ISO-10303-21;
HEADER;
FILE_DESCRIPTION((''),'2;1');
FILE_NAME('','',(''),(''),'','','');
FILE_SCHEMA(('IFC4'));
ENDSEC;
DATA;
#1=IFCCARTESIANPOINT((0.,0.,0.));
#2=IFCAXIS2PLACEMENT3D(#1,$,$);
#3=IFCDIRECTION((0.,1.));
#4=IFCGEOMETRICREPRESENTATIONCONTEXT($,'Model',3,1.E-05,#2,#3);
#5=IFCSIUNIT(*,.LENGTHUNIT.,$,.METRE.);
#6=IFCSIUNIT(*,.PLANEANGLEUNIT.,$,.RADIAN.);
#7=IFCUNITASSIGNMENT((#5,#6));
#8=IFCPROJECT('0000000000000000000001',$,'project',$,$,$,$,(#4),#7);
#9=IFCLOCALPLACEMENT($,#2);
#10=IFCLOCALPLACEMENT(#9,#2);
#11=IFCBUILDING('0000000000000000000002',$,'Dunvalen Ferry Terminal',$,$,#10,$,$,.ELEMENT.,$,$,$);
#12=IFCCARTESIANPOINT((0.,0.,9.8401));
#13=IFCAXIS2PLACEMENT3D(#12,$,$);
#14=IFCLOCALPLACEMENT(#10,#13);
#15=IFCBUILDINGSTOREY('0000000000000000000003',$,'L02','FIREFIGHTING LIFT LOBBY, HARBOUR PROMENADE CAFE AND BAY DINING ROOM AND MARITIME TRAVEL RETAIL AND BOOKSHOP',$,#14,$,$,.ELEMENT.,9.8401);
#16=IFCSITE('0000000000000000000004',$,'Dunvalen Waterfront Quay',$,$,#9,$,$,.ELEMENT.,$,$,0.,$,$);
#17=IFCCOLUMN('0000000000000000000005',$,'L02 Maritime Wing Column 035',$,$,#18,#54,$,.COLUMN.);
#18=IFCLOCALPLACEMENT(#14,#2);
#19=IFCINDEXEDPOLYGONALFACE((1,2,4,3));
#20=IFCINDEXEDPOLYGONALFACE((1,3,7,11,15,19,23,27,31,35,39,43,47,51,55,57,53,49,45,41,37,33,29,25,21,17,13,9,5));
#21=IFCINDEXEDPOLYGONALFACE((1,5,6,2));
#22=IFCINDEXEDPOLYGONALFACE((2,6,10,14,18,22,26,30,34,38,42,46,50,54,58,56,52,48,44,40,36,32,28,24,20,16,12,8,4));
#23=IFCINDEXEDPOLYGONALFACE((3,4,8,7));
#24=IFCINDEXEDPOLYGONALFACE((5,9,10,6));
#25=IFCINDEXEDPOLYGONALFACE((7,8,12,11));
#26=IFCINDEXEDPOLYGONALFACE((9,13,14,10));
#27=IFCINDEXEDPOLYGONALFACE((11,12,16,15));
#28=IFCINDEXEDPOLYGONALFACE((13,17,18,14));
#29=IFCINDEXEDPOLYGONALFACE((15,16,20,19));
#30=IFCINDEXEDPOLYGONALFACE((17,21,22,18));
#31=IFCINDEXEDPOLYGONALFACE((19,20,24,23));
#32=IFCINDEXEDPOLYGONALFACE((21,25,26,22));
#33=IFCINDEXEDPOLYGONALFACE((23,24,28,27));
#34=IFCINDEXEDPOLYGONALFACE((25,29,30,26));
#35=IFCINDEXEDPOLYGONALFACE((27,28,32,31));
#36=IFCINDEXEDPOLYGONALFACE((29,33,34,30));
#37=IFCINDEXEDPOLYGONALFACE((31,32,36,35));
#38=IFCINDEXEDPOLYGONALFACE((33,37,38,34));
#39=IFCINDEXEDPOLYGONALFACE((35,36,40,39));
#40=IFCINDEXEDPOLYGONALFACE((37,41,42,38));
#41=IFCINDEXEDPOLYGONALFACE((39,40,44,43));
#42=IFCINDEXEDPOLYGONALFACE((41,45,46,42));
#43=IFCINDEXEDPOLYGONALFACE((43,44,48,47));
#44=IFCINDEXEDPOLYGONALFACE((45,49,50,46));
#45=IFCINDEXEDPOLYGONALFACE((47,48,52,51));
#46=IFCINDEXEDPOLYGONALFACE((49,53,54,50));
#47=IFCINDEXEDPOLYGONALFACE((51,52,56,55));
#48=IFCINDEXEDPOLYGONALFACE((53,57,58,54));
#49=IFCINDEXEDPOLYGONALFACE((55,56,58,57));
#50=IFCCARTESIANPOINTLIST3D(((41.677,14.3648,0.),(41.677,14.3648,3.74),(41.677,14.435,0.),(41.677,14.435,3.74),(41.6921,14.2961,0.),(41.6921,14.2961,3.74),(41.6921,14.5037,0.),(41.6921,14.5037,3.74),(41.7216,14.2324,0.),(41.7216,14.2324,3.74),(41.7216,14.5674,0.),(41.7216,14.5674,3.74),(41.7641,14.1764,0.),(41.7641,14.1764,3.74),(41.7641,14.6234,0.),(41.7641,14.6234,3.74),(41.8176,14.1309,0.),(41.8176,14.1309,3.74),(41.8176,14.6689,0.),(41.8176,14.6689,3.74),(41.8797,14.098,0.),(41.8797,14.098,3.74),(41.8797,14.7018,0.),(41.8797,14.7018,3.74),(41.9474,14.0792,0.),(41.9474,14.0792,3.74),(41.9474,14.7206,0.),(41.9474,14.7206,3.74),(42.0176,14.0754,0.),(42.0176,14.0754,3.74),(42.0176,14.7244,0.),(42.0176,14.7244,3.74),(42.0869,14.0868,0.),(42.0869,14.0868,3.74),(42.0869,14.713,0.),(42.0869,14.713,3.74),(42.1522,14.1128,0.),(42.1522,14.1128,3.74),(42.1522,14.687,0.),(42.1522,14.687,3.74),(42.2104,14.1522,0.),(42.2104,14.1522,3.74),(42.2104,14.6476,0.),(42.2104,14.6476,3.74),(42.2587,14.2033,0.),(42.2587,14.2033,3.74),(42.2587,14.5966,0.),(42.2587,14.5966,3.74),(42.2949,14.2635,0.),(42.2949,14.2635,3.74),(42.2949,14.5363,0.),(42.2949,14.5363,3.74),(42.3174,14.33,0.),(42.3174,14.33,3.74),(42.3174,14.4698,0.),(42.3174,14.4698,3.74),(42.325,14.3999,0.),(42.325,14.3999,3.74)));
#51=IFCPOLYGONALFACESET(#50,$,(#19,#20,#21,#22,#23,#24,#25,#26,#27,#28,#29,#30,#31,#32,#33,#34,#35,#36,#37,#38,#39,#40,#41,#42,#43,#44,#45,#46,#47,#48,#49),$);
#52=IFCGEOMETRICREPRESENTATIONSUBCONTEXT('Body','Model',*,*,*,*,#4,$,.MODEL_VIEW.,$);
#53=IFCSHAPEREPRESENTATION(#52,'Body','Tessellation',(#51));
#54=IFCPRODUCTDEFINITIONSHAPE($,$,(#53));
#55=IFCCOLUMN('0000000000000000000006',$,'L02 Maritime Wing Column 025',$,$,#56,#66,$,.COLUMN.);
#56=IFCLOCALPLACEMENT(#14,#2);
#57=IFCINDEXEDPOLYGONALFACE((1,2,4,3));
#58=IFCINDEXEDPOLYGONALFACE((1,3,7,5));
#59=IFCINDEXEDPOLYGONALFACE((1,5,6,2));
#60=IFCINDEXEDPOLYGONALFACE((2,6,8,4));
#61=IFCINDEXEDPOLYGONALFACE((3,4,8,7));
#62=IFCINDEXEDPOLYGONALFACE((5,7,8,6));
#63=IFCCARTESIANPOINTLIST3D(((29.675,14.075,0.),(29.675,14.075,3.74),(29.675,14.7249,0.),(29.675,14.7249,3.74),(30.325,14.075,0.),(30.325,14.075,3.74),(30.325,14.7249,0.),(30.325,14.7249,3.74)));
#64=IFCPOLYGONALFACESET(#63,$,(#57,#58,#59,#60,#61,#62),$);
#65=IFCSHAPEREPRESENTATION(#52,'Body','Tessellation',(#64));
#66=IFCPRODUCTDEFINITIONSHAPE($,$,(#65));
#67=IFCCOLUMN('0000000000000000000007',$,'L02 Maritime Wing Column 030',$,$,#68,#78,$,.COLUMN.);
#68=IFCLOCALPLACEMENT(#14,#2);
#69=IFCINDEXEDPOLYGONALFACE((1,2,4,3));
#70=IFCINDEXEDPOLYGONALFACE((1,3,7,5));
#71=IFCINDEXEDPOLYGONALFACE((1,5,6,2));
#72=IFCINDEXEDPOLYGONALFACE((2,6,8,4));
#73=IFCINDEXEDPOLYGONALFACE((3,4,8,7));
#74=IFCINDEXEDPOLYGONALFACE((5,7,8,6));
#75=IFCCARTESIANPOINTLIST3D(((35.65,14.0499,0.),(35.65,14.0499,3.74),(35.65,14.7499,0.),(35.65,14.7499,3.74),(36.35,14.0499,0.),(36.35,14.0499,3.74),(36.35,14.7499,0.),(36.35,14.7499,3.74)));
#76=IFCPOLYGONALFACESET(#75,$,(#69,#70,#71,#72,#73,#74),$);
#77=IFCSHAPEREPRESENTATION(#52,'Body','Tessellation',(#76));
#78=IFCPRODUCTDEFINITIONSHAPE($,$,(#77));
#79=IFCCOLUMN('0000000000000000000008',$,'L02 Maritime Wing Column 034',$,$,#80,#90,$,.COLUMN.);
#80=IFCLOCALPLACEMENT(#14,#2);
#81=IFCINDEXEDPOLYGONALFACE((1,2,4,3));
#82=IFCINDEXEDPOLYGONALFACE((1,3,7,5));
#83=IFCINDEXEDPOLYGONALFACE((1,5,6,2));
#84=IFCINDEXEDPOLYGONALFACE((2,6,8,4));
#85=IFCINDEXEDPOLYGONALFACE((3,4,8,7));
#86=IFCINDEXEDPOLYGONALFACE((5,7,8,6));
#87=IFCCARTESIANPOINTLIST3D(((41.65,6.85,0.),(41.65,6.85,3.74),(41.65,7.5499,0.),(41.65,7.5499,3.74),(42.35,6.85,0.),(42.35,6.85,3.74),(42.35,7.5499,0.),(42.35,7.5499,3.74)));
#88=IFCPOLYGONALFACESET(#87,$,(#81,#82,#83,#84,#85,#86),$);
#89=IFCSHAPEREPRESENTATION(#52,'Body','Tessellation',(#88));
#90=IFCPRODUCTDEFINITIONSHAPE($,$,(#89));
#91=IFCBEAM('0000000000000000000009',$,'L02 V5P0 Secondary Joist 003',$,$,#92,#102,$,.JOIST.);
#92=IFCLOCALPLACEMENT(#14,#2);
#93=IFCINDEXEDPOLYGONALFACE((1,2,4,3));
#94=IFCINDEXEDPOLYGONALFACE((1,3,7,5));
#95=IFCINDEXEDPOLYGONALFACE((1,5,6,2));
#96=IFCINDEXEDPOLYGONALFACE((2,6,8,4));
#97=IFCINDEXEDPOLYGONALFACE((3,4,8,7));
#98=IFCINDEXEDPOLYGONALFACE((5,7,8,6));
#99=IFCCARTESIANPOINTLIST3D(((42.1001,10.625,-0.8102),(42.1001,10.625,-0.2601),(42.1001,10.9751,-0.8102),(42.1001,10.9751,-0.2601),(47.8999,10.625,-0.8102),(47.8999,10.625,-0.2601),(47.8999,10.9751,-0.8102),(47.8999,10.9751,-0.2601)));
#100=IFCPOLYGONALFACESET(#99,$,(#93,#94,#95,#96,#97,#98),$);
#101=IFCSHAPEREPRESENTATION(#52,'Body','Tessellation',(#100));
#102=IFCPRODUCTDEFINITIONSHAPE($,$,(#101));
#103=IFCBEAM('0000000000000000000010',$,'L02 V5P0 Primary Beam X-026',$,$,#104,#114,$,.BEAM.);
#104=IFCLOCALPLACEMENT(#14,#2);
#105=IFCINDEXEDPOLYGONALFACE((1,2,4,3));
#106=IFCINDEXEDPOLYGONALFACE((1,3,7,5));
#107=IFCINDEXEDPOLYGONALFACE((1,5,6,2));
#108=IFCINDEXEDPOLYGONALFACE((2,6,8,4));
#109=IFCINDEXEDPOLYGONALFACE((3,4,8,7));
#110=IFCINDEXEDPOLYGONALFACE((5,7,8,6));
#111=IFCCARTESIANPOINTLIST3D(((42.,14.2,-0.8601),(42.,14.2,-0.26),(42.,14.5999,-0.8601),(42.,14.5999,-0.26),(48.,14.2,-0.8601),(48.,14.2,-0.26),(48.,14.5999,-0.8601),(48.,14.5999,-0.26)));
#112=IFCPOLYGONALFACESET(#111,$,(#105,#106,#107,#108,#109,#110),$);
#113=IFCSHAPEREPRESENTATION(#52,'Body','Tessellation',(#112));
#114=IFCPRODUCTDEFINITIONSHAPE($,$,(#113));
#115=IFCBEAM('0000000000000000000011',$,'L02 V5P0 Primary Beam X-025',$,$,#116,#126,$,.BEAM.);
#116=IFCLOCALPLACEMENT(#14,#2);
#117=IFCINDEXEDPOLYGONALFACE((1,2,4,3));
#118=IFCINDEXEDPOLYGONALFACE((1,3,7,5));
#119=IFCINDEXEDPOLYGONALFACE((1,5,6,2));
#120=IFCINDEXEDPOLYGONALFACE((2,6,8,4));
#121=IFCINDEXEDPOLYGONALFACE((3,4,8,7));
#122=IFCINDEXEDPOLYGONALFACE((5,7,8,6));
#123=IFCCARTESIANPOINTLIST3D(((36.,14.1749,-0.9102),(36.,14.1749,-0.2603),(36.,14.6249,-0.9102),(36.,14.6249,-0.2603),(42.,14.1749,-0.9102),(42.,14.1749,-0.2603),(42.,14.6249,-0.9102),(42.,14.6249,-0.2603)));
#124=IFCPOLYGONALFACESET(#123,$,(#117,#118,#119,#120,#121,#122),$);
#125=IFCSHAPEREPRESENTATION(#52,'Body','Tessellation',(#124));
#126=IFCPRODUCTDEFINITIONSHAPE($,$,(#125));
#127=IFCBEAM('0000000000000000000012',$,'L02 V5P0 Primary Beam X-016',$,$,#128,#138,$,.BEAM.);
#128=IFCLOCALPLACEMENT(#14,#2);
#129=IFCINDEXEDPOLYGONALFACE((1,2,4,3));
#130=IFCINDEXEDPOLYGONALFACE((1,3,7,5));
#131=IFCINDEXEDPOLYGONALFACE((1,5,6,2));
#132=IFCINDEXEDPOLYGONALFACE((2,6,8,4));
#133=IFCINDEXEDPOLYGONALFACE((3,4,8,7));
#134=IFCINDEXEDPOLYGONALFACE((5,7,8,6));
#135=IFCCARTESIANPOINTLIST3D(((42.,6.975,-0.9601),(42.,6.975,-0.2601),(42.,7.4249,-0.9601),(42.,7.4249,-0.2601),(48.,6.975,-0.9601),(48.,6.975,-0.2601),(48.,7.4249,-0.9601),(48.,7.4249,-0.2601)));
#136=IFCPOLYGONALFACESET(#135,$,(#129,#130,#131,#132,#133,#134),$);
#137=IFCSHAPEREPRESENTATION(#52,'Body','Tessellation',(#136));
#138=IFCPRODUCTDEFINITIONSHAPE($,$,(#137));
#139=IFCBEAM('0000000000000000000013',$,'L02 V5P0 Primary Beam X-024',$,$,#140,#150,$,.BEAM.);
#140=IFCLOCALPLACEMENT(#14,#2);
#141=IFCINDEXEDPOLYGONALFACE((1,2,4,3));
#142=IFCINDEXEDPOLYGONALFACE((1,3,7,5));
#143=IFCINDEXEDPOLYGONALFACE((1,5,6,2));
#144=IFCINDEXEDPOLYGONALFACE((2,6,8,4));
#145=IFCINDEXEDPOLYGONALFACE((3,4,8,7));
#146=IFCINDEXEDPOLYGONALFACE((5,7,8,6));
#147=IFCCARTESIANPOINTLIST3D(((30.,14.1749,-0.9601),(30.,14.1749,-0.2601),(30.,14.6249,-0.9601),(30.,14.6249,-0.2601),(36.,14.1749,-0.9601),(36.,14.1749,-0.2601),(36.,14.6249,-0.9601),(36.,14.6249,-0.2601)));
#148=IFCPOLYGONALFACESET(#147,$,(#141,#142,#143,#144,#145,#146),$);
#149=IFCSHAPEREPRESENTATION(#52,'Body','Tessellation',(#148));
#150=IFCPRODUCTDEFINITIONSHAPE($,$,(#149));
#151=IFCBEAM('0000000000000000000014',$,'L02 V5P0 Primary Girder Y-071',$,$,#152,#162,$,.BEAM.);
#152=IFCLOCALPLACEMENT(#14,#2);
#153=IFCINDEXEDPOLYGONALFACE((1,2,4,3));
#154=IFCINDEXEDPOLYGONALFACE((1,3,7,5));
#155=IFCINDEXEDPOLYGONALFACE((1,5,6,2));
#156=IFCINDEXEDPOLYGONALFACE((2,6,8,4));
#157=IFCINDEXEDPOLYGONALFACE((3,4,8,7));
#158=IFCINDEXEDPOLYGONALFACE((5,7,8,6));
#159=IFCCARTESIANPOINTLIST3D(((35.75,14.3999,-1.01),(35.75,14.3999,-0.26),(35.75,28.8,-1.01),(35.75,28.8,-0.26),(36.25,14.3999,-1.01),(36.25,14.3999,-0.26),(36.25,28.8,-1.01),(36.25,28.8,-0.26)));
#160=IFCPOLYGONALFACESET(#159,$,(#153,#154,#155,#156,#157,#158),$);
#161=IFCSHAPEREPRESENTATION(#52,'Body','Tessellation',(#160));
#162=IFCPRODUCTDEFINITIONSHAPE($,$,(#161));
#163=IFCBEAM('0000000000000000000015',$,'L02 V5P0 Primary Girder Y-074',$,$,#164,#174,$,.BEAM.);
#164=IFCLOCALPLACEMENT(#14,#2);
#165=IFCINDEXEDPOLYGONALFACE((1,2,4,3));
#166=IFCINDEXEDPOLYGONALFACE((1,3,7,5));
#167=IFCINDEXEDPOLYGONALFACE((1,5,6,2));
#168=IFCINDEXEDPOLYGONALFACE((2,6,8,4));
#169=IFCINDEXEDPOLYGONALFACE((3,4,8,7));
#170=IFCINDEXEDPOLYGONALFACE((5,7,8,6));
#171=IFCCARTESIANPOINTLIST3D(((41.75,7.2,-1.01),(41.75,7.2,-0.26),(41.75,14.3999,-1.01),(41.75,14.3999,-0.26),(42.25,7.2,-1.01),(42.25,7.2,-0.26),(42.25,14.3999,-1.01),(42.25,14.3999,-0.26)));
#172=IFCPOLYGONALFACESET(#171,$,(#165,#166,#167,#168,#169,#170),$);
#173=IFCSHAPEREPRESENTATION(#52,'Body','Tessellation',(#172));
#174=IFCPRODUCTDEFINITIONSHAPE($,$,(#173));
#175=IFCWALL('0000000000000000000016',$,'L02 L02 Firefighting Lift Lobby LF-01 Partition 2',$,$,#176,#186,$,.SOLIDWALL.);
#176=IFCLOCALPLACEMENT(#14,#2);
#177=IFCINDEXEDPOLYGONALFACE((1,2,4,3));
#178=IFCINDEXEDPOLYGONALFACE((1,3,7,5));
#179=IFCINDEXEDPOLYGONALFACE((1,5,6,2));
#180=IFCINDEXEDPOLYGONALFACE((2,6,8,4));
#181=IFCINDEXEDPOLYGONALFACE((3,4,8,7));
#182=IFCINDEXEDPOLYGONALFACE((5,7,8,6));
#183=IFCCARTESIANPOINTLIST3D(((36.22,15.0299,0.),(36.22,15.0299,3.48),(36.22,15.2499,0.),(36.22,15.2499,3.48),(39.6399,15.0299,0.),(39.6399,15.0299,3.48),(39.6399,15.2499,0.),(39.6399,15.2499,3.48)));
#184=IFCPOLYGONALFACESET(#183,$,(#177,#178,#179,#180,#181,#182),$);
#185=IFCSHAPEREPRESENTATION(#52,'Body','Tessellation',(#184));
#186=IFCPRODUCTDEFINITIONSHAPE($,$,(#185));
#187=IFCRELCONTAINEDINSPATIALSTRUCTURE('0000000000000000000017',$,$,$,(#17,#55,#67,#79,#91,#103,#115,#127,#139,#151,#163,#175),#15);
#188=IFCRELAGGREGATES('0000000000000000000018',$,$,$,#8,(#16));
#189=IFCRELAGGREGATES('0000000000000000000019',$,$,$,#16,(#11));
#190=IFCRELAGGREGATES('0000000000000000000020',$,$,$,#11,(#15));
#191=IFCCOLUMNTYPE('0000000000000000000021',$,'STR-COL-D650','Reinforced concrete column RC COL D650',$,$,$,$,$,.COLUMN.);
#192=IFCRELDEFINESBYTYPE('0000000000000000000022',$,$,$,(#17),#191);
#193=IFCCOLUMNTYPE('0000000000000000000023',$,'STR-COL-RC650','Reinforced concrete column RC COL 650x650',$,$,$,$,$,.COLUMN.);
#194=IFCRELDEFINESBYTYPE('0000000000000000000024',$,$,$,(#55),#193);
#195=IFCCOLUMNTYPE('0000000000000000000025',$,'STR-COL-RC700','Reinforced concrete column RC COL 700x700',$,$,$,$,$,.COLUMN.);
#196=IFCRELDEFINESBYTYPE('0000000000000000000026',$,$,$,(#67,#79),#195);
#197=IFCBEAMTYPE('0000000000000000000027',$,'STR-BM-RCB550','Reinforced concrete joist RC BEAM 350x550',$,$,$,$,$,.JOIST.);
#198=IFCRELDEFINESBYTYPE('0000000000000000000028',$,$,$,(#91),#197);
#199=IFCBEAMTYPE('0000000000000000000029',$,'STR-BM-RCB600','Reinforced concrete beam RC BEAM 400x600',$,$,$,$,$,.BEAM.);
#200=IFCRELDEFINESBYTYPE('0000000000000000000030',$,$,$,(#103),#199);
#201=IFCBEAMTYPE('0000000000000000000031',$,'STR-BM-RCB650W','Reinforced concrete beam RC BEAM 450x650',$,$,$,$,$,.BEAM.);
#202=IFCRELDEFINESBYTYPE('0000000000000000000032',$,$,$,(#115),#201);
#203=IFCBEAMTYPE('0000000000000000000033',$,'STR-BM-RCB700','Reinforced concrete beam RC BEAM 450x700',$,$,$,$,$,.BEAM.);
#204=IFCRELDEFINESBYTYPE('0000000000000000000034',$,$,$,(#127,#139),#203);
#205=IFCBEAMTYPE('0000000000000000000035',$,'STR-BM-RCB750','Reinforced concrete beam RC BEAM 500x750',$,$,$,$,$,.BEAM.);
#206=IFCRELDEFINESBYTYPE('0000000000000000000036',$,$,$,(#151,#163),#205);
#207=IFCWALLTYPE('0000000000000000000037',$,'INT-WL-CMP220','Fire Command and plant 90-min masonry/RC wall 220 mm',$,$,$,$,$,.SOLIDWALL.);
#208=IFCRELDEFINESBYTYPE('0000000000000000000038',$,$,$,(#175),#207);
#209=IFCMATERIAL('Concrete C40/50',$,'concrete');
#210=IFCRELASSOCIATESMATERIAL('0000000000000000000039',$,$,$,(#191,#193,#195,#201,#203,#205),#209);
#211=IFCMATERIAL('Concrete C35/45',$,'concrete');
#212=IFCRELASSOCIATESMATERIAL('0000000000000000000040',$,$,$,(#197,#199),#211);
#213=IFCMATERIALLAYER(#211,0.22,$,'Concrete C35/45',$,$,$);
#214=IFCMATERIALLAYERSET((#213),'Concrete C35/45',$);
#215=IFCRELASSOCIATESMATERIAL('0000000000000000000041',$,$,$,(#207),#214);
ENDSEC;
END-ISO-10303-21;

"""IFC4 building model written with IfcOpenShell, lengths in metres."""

from ifc_helpers import new_model, si_unit, direction, frame, frame_2d, origin, origin_2d, place, context, subcontext, project, spatial, rectangle, circle, extrude, material, layer, layer_set, material_profile, profile_set, type_object, element, save


model = new_model("IFC4")

# Units and contexts
model_context = context("Model", 3, precision=1e-05, world=origin(), true_north=direction((0.0, 1.0)))
body_context = subcontext(model_context, "Body", "Model", "MODEL_VIEW")
ifc_project = project(units=[si_unit("LENGTHUNIT", "METRE"), si_unit("PLANEANGLEUNIT", "RADIAN")], contexts=[model_context])

# Site, building, storey
site_placement = place(None, origin())
site = spatial("IfcSite", under=ifc_project, at=site_placement, Name="Dunvalen Waterfront Quay", CompositionType="ELEMENT", RefElevation=0.0)
building_placement = place(site_placement, origin())
building = spatial("IfcBuilding", under=site, at=building_placement, Name="Dunvalen Ferry Terminal", CompositionType="ELEMENT")
storey_placement = place(building_placement, frame((0.0, 0.0, 9.8401)))
storey = spatial("IfcBuildingStorey", under=building, at=storey_placement, Name="L02", Description="FIREFIGHTING LIFT LOBBY, HARBOUR PROMENADE CAFE AND BAY DINING ROOM AND MARITIME TRAVEL RETAIL AND BOOKSHOP", CompositionType="ELEMENT", Elevation=9.8401)

# Columns
ifc_material_1 = material(Name="Concrete C40/50", Category="concrete")
ifc_material_profile_1 = material_profile(ifc_material_1, circle(Radius=0.325, at=origin_2d()), Name="Concrete C40/50")
ifc_profile_set_1 = profile_set([ifc_material_profile_1], Name="Concrete C40/50")
column_type_1 = type_object("IfcColumnType", Name="STR-COL-D650", Description="Reinforced concrete column RC COL D650", PredefinedType="COLUMN", material=ifc_profile_set_1)
column_1_placement = place(storey_placement, frame((42.0, 14.3999, 0.0), z_axis=(0.0, 0.0, 1.0), x_axis=(1.0, 0.0, 0.0)))
element("IfcColumn", 1, at=column_1_placement, inside=storey, type_object=column_type_1, Name="L02 Maritime Wing Column 035", PredefinedType="COLUMN", context=body_context, shape_type="SweptSolid", body=[
    extrude(circle(Radius=0.325, at=origin_2d()), origin(), (0.0, 0.0, 1.0), 3.74),
])
ifc_material_profile_2 = material_profile(ifc_material_1, rectangle(XDim=0.6499, YDim=0.6499, at=origin_2d()), Name="Concrete C40/50")
ifc_profile_set_2 = profile_set([ifc_material_profile_2], Name="Concrete C40/50")
column_type_2 = type_object("IfcColumnType", Name="STR-COL-RC650", Description="Reinforced concrete column RC COL 650x650", PredefinedType="COLUMN", material=ifc_profile_set_2)
column_2_placement = place(storey_placement, frame((30.0, 14.3999, 0.0), z_axis=(0.0, 0.0, 1.0), x_axis=(1.0, 0.0, 0.0)))
element("IfcColumn", 2, at=column_2_placement, inside=storey, type_object=column_type_2, Name="L02 Maritime Wing Column 025", PredefinedType="COLUMN", context=body_context, shape_type="SweptSolid", body=[
    extrude(rectangle(XDim=0.6499, YDim=0.6499, at=origin_2d()), origin(), (0.0, 0.0, 1.0), 3.74),
])
ifc_material_profile_3 = material_profile(ifc_material_1, rectangle(XDim=0.7, YDim=0.7, at=origin_2d()), Name="Concrete C40/50")
ifc_profile_set_3 = profile_set([ifc_material_profile_3], Name="Concrete C40/50")
column_type_3 = type_object("IfcColumnType", Name="STR-COL-RC700", Description="Reinforced concrete column RC COL 700x700", PredefinedType="COLUMN", material=ifc_profile_set_3)
for number, where, z_axis, x_axis, name in (
    (3, (36.0, 14.3999, 0.0), (0.0, 0.0, 1.0), (1.0, 0.0, 0.0), "L02 Maritime Wing Column 030"),
    (4, (42.0, 7.2, 0.0), (0.0, 0.0, 1.0), (1.0, 0.0, 0.0), "L02 Maritime Wing Column 034"),
):
    element("IfcColumn", number, at=place(storey_placement, frame(where, z_axis=z_axis, x_axis=x_axis)), inside=storey, type_object=column_type_3, Name=name, PredefinedType="COLUMN", context=body_context, shape_type="SweptSolid", body=[
        extrude(rectangle(XDim=0.7, YDim=0.7, at=origin_2d()), origin(), (0.0, 0.0, 1.0), 3.74),
    ])

# Beams
ifc_material_2 = material(Name="Concrete C35/45", Category="concrete")
ifc_material_profile_4 = material_profile(ifc_material_2, rectangle(XDim=0.3501, YDim=0.55, at=origin_2d()), Name="Concrete C35/45")
ifc_profile_set_4 = profile_set([ifc_material_profile_4], Name="Concrete C35/45")
beam_type_1 = type_object("IfcBeamType", Name="STR-BM-RCB550", Description="Reinforced concrete joist RC BEAM 350x550", PredefinedType="JOIST", material=ifc_profile_set_4)
beam_1_placement = place(storey_placement, frame((42.1001, 10.8, -0.5352), z_axis=(1.0, 0.0, 0.0), x_axis=(0.0, 1.0, 0.0)))
element("IfcBeam", 5, at=beam_1_placement, inside=storey, type_object=beam_type_1, Name="L02 V5P0 Secondary Joist 003", PredefinedType="JOIST", context=body_context, shape_type="SweptSolid", body=[
    extrude(rectangle(XDim=0.3501, YDim=0.55, at=origin_2d()), origin(), (0.0, 0.0, 1.0), 5.7998),
])
ifc_material_profile_5 = material_profile(ifc_material_2, rectangle(XDim=0.3999, YDim=0.6001, at=origin_2d()), Name="Concrete C35/45")
ifc_profile_set_5 = profile_set([ifc_material_profile_5], Name="Concrete C35/45")
beam_type_2 = type_object("IfcBeamType", Name="STR-BM-RCB600", Description="Reinforced concrete beam RC BEAM 400x600", PredefinedType="BEAM", material=ifc_profile_set_5)
beam_2_placement = place(storey_placement, frame((42.0, 14.3999, -0.5601), z_axis=(1.0, 0.0, 0.0), x_axis=(0.0, 1.0, 0.0)))
element("IfcBeam", 6, at=beam_2_placement, inside=storey, type_object=beam_type_2, Name="L02 V5P0 Primary Beam X-026", PredefinedType="BEAM", context=body_context, shape_type="SweptSolid", body=[
    extrude(rectangle(XDim=0.3999, YDim=0.6001, at=origin_2d()), origin(), (0.0, 0.0, 1.0), 6.0),
])
ifc_material_profile_6 = material_profile(ifc_material_1, rectangle(XDim=0.45, YDim=0.6499, at=origin_2d()), Name="Concrete C40/50")
ifc_profile_set_6 = profile_set([ifc_material_profile_6], Name="Concrete C40/50")
beam_type_3 = type_object("IfcBeamType", Name="STR-BM-RCB650W", Description="Reinforced concrete beam RC BEAM 450x650", PredefinedType="BEAM", material=ifc_profile_set_6)
beam_3_placement = place(storey_placement, frame((36.0, 14.3999, -0.5852), z_axis=(1.0, 0.0, 0.0), x_axis=(0.0, 1.0, 0.0)))
element("IfcBeam", 7, at=beam_3_placement, inside=storey, type_object=beam_type_3, Name="L02 V5P0 Primary Beam X-025", PredefinedType="BEAM", context=body_context, shape_type="SweptSolid", body=[
    extrude(rectangle(XDim=0.45, YDim=0.6499, at=origin_2d()), origin(), (0.0, 0.0, 1.0), 6.0),
])
ifc_material_profile_7 = material_profile(ifc_material_1, rectangle(XDim=0.45, YDim=0.7, at=origin_2d()), Name="Concrete C40/50")
ifc_profile_set_7 = profile_set([ifc_material_profile_7], Name="Concrete C40/50")
beam_type_4 = type_object("IfcBeamType", Name="STR-BM-RCB700", Description="Reinforced concrete beam RC BEAM 450x700", PredefinedType="BEAM", material=ifc_profile_set_7)
for number, where, z_axis, x_axis, name in (
    (8, (42.0, 7.2, -0.6101), (1.0, 0.0, 0.0), (0.0, 1.0, 0.0), "L02 V5P0 Primary Beam X-016"),
    (9, (30.0, 14.3999, -0.6101), (1.0, 0.0, 0.0), (0.0, 1.0, 0.0), "L02 V5P0 Primary Beam X-024"),
):
    element("IfcBeam", number, at=place(storey_placement, frame(where, z_axis=z_axis, x_axis=x_axis)), inside=storey, type_object=beam_type_4, Name=name, PredefinedType="BEAM", context=body_context, shape_type="SweptSolid", body=[
        extrude(rectangle(XDim=0.45, YDim=0.7, at=origin_2d()), origin(), (0.0, 0.0, 1.0), 6.0),
    ])
ifc_material_profile_8 = material_profile(ifc_material_1, rectangle(XDim=0.5, YDim=0.75, at=origin_2d()), Name="Concrete C40/50")
ifc_profile_set_8 = profile_set([ifc_material_profile_8], Name="Concrete C40/50")
beam_type_5 = type_object("IfcBeamType", Name="STR-BM-RCB750", Description="Reinforced concrete beam RC BEAM 500x750", PredefinedType="BEAM", material=ifc_profile_set_8)
beam_4_placement = place(storey_placement, frame((36.0, 14.3999, -0.635), z_axis=(0.0, 1.0, 0.0), x_axis=(-1.0, 0.0, 0.0)))
element("IfcBeam", 10, at=beam_4_placement, inside=storey, type_object=beam_type_5, Name="L02 V5P0 Primary Girder Y-071", PredefinedType="BEAM", context=body_context, shape_type="SweptSolid", body=[
    extrude(rectangle(XDim=0.5, YDim=0.75, at=origin_2d()), origin(), (0.0, 0.0, 1.0), 14.4001),
])
beam_5_placement = place(storey_placement, frame((42.0, 7.2, -0.635), z_axis=(0.0, 1.0, 0.0), x_axis=(-1.0, 0.0, 0.0)))
element("IfcBeam", 11, at=beam_5_placement, inside=storey, type_object=beam_type_5, Name="L02 V5P0 Primary Girder Y-074", PredefinedType="BEAM", context=body_context, shape_type="SweptSolid", body=[
    extrude(rectangle(XDim=0.5, YDim=0.75, at=origin_2d()), origin(), (0.0, 0.0, 1.0), 7.2),
])

# Shared definitions
ifc_layer_1 = layer(ifc_material_2, 0.22, Name="Concrete C35/45")
ifc_layer_set_1 = layer_set([ifc_layer_1], Name="Concrete C35/45")
wall_type_1 = type_object("IfcWallType", Name="INT-WL-CMP220", Description="Fire Command and plant 90-min masonry/RC wall 220 mm", PredefinedType="SOLIDWALL", material=ifc_layer_set_1)

# Wall
wall_1_placement = place(storey_placement, frame((36.22, 15.1399, 0.0), z_axis=(0.0, 0.0, 1.0), x_axis=(1.0, 0.0, 0.0)))
element("IfcWall", 12, at=wall_1_placement, inside=storey, type_object=wall_type_1, Name="L02 L02 Firefighting Lift Lobby LF-01 Partition 2", PredefinedType="SOLIDWALL", context=body_context, shape_type="SweptSolid", body=[
    extrude(rectangle(XDim=3.4199, YDim=0.22, at=frame_2d((1.71, 0.0))), origin(), (0.0, 0.0, 1.0), 3.48),
])

save(model, "model.ifc")
